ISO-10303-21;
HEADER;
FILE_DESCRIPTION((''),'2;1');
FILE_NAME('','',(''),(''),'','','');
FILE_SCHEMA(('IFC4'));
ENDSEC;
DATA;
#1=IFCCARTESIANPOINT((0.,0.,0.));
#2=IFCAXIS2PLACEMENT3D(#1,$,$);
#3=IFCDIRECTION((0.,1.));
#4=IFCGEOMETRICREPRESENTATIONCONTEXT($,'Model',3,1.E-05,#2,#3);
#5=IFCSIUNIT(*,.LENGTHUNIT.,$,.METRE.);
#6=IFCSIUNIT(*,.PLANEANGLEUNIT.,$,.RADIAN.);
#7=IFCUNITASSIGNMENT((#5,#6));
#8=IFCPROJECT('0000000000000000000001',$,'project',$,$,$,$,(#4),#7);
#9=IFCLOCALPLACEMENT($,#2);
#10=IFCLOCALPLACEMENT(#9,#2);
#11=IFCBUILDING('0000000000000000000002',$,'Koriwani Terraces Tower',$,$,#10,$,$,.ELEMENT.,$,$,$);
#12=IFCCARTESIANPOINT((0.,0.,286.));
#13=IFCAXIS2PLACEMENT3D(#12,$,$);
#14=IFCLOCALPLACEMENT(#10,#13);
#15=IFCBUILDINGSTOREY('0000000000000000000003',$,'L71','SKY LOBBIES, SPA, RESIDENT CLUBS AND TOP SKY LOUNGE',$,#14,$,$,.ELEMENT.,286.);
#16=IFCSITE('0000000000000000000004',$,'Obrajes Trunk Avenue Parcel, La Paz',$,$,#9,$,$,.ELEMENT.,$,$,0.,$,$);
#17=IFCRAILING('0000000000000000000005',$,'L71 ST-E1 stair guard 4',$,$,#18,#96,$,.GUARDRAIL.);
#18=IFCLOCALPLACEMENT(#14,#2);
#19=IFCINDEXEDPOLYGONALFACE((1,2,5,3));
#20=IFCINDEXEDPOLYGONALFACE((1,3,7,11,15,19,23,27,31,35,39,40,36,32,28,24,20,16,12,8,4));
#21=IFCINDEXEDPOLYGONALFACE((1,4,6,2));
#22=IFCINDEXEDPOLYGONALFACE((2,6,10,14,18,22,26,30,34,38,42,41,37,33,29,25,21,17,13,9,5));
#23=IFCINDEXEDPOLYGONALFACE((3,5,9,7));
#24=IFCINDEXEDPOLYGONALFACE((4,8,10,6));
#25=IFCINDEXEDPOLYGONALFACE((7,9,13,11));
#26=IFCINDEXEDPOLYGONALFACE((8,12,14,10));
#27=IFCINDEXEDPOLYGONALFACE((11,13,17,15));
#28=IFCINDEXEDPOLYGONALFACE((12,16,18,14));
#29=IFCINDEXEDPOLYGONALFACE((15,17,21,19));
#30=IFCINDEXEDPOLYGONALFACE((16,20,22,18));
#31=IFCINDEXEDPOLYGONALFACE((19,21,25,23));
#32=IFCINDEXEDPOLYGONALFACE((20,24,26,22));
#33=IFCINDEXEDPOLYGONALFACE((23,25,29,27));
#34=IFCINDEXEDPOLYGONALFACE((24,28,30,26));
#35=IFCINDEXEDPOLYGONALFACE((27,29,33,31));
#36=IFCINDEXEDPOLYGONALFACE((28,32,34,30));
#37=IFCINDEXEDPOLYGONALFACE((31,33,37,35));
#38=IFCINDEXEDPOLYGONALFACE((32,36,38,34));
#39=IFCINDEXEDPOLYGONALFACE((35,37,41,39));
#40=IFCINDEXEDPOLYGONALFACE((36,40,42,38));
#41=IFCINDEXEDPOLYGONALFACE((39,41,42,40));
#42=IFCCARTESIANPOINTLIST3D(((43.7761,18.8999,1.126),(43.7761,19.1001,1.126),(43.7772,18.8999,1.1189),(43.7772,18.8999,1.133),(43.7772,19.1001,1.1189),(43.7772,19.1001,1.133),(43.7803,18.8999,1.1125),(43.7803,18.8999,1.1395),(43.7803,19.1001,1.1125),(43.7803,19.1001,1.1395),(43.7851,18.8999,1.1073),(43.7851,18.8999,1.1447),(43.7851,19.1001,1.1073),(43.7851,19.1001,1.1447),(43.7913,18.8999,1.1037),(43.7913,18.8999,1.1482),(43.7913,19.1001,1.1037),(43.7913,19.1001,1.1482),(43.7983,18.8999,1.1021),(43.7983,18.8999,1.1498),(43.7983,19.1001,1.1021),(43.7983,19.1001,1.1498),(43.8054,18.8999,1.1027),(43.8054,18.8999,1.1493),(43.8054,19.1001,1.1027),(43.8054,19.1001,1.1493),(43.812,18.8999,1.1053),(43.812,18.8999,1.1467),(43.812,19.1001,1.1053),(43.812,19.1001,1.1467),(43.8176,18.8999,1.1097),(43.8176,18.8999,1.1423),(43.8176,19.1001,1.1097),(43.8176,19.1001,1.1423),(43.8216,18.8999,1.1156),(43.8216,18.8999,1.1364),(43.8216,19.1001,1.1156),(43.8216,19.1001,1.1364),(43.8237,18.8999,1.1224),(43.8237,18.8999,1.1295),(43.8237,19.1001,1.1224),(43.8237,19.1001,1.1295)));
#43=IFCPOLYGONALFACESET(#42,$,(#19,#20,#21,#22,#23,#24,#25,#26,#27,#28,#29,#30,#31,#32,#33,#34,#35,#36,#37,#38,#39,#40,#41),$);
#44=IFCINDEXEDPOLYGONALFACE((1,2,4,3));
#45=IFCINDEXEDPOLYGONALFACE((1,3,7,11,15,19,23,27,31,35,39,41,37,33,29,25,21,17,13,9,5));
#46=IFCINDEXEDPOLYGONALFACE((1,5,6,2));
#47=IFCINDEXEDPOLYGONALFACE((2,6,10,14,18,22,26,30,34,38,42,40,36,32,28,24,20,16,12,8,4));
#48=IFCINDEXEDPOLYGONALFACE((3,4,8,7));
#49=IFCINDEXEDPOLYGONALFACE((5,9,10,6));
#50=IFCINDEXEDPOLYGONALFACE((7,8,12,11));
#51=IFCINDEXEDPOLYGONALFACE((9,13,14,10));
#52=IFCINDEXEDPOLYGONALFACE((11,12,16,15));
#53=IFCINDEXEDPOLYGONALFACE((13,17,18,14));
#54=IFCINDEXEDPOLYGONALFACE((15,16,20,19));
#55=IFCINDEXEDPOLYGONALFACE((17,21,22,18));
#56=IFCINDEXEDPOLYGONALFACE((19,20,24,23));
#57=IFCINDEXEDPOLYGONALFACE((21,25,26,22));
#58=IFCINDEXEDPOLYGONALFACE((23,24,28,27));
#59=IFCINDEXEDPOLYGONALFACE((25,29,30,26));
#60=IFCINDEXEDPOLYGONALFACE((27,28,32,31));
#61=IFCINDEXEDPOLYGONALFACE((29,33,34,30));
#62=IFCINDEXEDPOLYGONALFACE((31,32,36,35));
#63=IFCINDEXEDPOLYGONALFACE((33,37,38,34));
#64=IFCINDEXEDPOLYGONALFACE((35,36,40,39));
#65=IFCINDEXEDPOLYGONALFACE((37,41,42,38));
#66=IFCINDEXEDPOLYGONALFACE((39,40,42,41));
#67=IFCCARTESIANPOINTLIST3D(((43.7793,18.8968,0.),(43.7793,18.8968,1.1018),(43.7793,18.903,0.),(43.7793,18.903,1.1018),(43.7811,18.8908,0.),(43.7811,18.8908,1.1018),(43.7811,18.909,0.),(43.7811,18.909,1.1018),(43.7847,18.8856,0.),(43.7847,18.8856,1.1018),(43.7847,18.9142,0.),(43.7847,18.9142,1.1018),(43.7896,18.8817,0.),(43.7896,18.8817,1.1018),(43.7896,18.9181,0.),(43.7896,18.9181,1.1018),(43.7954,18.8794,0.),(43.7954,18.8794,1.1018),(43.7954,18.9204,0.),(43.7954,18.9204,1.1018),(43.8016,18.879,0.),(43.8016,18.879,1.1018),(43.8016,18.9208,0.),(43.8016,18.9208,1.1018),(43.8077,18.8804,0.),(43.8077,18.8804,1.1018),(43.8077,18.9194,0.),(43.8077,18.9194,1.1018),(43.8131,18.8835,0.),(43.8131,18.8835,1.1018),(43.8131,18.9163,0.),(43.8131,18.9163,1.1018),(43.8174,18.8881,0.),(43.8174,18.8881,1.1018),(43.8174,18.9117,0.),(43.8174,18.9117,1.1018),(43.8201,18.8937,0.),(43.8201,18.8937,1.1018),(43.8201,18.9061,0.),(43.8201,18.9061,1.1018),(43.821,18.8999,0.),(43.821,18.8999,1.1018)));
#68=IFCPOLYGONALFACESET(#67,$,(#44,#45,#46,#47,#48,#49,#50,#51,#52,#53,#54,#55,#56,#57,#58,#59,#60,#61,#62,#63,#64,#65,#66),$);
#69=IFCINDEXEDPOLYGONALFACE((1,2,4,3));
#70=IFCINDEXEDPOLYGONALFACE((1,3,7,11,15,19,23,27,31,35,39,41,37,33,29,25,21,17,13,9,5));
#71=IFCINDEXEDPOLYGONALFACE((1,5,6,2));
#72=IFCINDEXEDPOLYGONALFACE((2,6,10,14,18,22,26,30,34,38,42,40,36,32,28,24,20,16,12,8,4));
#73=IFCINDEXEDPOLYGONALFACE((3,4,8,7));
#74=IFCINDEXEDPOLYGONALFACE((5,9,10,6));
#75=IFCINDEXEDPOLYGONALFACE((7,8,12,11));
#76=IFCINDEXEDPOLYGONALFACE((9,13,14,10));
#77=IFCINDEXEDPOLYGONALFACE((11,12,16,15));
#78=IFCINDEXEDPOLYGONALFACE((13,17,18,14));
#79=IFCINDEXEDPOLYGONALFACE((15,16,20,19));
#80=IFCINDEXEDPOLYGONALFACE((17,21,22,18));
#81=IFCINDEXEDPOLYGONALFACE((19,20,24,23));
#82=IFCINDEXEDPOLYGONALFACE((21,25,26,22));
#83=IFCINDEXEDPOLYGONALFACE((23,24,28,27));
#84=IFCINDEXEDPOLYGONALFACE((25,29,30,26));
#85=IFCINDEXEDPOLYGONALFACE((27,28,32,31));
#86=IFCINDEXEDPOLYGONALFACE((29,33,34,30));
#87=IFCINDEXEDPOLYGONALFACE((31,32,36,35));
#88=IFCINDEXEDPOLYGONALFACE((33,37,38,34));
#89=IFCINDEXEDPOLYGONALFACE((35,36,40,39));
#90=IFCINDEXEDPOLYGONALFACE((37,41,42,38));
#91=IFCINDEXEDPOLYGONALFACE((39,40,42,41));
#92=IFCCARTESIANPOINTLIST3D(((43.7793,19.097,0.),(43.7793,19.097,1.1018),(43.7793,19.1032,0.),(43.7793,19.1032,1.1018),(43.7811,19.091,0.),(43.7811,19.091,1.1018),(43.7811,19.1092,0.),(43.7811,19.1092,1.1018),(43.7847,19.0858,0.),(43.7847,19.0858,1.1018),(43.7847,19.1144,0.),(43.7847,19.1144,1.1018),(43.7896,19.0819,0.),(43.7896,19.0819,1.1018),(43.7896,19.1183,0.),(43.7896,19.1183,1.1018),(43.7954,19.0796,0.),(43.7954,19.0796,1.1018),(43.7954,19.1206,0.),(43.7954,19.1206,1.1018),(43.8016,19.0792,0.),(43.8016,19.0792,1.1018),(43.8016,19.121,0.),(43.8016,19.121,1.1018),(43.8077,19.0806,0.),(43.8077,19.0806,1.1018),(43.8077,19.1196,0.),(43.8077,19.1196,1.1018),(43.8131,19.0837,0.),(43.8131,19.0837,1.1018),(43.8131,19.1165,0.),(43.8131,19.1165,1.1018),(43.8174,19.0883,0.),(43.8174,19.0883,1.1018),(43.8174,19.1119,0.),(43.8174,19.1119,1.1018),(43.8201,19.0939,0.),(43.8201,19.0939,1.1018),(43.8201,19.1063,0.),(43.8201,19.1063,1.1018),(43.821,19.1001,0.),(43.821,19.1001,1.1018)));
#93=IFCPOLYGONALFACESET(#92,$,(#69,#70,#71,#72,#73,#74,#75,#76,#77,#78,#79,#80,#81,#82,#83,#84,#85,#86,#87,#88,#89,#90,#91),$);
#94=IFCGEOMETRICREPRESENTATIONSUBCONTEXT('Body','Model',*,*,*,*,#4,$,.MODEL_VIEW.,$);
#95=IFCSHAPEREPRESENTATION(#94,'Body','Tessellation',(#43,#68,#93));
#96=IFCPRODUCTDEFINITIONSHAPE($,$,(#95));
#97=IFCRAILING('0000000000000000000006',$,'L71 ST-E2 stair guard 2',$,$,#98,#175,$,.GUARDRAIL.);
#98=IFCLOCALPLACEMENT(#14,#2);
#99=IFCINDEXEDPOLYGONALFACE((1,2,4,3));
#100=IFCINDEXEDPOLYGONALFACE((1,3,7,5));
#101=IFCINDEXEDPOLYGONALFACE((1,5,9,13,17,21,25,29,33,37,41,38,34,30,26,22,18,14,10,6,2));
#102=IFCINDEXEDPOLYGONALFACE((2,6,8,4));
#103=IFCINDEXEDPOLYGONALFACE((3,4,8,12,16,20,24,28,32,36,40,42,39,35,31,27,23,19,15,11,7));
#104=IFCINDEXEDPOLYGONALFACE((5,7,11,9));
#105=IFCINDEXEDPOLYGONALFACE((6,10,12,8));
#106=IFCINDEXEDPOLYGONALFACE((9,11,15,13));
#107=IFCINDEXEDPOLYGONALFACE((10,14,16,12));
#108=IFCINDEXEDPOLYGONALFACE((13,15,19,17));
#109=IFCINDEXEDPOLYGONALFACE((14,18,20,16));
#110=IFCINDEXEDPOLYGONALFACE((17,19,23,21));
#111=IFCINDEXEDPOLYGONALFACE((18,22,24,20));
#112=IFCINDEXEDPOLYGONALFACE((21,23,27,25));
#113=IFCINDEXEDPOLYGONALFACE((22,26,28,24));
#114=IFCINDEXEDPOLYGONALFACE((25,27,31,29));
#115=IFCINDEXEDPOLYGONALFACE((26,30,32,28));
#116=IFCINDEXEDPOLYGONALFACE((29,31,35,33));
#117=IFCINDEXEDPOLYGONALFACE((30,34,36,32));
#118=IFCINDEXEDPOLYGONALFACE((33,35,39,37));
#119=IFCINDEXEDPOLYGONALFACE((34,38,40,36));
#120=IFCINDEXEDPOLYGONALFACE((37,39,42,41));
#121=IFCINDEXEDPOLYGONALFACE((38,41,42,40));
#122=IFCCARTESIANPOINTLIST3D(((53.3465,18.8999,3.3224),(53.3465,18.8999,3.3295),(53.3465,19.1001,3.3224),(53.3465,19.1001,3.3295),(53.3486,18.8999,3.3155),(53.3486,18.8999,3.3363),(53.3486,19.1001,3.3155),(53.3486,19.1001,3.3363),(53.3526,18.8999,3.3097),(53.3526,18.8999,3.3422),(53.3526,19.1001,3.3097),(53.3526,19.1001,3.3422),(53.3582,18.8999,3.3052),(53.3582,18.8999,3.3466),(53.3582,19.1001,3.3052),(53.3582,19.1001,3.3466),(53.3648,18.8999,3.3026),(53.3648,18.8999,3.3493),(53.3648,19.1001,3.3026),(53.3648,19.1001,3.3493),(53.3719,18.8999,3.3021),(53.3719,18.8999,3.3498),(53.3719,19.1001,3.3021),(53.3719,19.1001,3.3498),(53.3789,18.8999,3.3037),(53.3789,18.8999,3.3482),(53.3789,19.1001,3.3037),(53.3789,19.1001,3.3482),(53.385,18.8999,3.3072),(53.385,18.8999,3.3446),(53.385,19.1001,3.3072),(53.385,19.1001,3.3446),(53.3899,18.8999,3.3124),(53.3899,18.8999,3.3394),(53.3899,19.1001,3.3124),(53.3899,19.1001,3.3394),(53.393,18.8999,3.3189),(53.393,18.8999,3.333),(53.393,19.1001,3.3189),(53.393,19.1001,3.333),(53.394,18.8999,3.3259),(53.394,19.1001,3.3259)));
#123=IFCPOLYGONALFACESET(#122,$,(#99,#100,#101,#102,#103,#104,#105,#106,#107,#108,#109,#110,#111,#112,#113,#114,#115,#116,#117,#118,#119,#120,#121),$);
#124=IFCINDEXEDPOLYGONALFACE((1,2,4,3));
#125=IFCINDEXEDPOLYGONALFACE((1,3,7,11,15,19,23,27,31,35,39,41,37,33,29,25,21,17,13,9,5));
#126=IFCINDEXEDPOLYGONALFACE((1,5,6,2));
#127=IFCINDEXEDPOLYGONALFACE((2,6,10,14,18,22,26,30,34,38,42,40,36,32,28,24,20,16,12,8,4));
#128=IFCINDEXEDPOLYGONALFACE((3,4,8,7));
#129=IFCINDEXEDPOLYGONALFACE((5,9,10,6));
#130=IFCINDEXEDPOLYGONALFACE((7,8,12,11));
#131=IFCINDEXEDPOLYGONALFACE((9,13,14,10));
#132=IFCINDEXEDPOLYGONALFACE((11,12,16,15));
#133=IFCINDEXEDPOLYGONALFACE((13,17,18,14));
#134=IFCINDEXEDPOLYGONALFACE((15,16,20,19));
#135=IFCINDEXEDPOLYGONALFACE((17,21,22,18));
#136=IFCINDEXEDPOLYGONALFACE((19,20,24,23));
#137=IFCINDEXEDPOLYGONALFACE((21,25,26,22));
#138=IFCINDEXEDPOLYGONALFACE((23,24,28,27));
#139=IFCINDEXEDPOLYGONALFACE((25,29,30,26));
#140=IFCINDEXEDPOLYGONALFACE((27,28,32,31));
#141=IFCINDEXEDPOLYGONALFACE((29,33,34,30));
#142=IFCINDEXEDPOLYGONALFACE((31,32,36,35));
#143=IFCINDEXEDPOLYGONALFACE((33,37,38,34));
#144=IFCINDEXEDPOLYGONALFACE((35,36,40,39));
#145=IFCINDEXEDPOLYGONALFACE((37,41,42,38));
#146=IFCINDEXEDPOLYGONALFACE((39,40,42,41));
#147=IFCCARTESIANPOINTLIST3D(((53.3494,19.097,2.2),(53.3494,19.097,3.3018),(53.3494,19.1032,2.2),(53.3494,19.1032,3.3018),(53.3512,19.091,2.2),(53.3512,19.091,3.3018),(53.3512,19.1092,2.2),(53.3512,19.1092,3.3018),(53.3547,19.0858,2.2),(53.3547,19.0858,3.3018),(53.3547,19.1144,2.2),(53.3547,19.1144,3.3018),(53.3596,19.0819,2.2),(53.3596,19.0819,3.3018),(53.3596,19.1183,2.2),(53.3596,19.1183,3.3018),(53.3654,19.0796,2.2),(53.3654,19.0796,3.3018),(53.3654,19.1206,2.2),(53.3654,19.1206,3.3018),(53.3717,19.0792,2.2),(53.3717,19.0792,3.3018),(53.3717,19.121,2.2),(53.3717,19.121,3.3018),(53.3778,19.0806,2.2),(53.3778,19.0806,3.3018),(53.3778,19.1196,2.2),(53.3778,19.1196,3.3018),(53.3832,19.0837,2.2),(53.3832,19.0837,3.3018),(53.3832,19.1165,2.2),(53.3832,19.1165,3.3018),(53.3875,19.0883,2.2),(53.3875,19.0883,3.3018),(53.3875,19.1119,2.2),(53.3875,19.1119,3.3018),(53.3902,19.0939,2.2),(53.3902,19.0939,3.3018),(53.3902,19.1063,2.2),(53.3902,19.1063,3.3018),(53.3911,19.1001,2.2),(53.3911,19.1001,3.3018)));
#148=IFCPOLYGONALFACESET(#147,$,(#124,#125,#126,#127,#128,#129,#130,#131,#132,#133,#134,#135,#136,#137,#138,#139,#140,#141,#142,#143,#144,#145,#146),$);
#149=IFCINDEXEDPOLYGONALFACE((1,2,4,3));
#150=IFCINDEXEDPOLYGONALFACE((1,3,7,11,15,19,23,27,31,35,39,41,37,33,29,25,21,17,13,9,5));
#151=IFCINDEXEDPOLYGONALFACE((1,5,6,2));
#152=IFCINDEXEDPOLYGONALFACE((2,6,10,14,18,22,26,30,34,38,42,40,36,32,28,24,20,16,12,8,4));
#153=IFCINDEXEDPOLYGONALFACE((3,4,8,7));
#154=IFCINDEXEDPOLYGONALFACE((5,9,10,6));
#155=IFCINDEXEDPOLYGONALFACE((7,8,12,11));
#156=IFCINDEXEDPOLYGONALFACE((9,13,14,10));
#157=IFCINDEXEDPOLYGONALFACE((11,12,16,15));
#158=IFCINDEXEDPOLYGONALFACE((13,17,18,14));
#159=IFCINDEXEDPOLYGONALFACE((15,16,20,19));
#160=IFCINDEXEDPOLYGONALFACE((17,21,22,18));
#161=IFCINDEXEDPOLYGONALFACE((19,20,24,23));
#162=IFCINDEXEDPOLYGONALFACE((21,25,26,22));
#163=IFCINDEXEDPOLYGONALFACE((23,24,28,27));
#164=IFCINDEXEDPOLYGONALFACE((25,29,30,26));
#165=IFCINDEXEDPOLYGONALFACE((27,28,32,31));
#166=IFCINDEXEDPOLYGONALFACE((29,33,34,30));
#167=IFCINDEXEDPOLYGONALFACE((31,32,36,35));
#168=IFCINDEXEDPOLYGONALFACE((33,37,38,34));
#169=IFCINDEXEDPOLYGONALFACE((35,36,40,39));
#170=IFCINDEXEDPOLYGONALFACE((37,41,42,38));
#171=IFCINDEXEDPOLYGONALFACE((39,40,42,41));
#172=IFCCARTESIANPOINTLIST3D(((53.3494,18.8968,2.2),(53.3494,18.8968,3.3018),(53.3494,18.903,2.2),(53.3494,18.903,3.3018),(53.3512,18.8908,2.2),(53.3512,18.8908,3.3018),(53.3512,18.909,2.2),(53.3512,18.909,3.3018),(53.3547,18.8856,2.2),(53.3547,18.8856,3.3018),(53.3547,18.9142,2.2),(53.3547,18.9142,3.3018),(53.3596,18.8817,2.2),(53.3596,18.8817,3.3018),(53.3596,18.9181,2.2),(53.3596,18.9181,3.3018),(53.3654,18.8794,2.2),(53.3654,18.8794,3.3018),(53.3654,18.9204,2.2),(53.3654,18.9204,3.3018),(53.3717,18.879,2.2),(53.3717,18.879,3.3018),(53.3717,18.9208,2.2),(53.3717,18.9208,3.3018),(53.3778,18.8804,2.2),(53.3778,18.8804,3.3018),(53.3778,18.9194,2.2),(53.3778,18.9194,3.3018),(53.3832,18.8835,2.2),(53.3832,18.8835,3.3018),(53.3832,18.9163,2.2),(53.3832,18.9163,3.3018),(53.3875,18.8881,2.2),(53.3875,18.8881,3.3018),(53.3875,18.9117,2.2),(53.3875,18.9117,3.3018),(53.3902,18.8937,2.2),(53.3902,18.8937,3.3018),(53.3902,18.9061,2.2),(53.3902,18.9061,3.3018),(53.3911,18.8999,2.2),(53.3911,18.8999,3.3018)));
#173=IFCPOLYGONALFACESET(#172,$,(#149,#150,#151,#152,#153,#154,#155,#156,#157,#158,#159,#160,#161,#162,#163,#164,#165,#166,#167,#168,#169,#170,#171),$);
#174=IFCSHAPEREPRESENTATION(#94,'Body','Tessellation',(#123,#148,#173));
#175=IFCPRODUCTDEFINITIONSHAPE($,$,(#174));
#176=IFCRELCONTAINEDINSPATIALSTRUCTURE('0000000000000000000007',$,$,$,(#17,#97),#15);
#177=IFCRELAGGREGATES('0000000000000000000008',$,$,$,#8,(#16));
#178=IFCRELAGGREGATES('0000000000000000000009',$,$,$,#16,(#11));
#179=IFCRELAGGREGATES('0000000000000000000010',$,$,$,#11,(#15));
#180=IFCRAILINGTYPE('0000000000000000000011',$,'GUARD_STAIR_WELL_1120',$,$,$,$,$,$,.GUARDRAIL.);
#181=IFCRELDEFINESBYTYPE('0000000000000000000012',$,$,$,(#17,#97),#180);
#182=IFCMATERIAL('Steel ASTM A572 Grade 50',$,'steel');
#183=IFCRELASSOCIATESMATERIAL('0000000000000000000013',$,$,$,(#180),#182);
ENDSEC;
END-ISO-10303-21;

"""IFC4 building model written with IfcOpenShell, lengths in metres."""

from ifc_helpers import new_model, si_unit, direction, frame, origin, origin_2d, place, context, subcontext, project, spatial, circle, extrude, material, type_object, element, save


model = new_model("IFC4")

# Units and contexts
model_context = context("Model", 3, precision=1e-05, world=origin(), true_north=direction((0.0, 1.0)))
body_context = subcontext(model_context, "Body", "Model", "MODEL_VIEW")
ifc_project = project(units=[si_unit("LENGTHUNIT", "METRE"), si_unit("PLANEANGLEUNIT", "RADIAN")], contexts=[model_context])

# Site, building, storey
site_placement = place(None, origin())
site = spatial("IfcSite", under=ifc_project, at=site_placement, Name="Obrajes Trunk Avenue Parcel, La Paz", CompositionType="ELEMENT", RefElevation=0.0)
building_placement = place(site_placement, origin())
building = spatial("IfcBuilding", under=site, at=building_placement, Name="Koriwani Terraces Tower", CompositionType="ELEMENT")
storey_placement = place(building_placement, frame((0.0, 0.0, 286.0)))
storey = spatial("IfcBuildingStorey", under=building, at=storey_placement, Name="L71", Description="SKY LOBBIES, SPA, RESIDENT CLUBS AND TOP SKY LOUNGE", CompositionType="ELEMENT", Elevation=286.0)

# Railings
ifc_material_1 = material(Name="Steel ASTM A572 Grade 50", Category="steel")
railing_type_1 = type_object("IfcRailingType", Name="GUARD_STAIR_WELL_1120", PredefinedType="GUARDRAIL", material=ifc_material_1)
railing_1_placement = place(storey_placement, frame((43.8, 18.8999, 0.0)))
element("IfcRailing", 1, at=railing_1_placement, inside=storey, type_object=railing_type_1, Name="L71 ST-E1 stair guard 4", PredefinedType="GUARDRAIL", context=body_context, shape_type="SweptSolid", body=[
    extrude(circle(Radius=0.0239, at=origin_2d()), frame((0.0, 0.0, 1.126), z_axis=(0.0, 1.0, 0.0), x_axis=(-1.0, 0.0, 0.0)), (0.0, 0.0, 1.0), 0.2002),
    extrude(circle(Radius=0.021, at=origin_2d()), origin(), (0.0, 0.0, 1.0), 1.1018),
    extrude(circle(Radius=0.021, at=origin_2d()), frame((0.0, 0.2002, 0.0)), (0.0, 0.0, 1.0), 1.1018),
])
railing_2_placement = place(storey_placement, frame((53.3701, 19.1001, 2.2)))
element("IfcRailing", 2, at=railing_2_placement, inside=storey, type_object=railing_type_1, Name="L71 ST-E2 stair guard 2", PredefinedType="GUARDRAIL", context=body_context, shape_type="SweptSolid", body=[
    extrude(circle(Radius=0.0239, at=origin_2d()), frame((0.0, 0.0, 1.126), z_axis=(0.0, -1.0, 0.0), x_axis=(1.0, 0.0, 0.0)), (0.0, 0.0, 1.0), 0.2002),
    extrude(circle(Radius=0.021, at=origin_2d()), origin(), (0.0, 0.0, 1.0), 1.1018),
    extrude(circle(Radius=0.021, at=origin_2d()), frame((0.0, -0.2002, 0.0)), (0.0, 0.0, 1.0), 1.1018),
])

save(model, "model.ifc")
